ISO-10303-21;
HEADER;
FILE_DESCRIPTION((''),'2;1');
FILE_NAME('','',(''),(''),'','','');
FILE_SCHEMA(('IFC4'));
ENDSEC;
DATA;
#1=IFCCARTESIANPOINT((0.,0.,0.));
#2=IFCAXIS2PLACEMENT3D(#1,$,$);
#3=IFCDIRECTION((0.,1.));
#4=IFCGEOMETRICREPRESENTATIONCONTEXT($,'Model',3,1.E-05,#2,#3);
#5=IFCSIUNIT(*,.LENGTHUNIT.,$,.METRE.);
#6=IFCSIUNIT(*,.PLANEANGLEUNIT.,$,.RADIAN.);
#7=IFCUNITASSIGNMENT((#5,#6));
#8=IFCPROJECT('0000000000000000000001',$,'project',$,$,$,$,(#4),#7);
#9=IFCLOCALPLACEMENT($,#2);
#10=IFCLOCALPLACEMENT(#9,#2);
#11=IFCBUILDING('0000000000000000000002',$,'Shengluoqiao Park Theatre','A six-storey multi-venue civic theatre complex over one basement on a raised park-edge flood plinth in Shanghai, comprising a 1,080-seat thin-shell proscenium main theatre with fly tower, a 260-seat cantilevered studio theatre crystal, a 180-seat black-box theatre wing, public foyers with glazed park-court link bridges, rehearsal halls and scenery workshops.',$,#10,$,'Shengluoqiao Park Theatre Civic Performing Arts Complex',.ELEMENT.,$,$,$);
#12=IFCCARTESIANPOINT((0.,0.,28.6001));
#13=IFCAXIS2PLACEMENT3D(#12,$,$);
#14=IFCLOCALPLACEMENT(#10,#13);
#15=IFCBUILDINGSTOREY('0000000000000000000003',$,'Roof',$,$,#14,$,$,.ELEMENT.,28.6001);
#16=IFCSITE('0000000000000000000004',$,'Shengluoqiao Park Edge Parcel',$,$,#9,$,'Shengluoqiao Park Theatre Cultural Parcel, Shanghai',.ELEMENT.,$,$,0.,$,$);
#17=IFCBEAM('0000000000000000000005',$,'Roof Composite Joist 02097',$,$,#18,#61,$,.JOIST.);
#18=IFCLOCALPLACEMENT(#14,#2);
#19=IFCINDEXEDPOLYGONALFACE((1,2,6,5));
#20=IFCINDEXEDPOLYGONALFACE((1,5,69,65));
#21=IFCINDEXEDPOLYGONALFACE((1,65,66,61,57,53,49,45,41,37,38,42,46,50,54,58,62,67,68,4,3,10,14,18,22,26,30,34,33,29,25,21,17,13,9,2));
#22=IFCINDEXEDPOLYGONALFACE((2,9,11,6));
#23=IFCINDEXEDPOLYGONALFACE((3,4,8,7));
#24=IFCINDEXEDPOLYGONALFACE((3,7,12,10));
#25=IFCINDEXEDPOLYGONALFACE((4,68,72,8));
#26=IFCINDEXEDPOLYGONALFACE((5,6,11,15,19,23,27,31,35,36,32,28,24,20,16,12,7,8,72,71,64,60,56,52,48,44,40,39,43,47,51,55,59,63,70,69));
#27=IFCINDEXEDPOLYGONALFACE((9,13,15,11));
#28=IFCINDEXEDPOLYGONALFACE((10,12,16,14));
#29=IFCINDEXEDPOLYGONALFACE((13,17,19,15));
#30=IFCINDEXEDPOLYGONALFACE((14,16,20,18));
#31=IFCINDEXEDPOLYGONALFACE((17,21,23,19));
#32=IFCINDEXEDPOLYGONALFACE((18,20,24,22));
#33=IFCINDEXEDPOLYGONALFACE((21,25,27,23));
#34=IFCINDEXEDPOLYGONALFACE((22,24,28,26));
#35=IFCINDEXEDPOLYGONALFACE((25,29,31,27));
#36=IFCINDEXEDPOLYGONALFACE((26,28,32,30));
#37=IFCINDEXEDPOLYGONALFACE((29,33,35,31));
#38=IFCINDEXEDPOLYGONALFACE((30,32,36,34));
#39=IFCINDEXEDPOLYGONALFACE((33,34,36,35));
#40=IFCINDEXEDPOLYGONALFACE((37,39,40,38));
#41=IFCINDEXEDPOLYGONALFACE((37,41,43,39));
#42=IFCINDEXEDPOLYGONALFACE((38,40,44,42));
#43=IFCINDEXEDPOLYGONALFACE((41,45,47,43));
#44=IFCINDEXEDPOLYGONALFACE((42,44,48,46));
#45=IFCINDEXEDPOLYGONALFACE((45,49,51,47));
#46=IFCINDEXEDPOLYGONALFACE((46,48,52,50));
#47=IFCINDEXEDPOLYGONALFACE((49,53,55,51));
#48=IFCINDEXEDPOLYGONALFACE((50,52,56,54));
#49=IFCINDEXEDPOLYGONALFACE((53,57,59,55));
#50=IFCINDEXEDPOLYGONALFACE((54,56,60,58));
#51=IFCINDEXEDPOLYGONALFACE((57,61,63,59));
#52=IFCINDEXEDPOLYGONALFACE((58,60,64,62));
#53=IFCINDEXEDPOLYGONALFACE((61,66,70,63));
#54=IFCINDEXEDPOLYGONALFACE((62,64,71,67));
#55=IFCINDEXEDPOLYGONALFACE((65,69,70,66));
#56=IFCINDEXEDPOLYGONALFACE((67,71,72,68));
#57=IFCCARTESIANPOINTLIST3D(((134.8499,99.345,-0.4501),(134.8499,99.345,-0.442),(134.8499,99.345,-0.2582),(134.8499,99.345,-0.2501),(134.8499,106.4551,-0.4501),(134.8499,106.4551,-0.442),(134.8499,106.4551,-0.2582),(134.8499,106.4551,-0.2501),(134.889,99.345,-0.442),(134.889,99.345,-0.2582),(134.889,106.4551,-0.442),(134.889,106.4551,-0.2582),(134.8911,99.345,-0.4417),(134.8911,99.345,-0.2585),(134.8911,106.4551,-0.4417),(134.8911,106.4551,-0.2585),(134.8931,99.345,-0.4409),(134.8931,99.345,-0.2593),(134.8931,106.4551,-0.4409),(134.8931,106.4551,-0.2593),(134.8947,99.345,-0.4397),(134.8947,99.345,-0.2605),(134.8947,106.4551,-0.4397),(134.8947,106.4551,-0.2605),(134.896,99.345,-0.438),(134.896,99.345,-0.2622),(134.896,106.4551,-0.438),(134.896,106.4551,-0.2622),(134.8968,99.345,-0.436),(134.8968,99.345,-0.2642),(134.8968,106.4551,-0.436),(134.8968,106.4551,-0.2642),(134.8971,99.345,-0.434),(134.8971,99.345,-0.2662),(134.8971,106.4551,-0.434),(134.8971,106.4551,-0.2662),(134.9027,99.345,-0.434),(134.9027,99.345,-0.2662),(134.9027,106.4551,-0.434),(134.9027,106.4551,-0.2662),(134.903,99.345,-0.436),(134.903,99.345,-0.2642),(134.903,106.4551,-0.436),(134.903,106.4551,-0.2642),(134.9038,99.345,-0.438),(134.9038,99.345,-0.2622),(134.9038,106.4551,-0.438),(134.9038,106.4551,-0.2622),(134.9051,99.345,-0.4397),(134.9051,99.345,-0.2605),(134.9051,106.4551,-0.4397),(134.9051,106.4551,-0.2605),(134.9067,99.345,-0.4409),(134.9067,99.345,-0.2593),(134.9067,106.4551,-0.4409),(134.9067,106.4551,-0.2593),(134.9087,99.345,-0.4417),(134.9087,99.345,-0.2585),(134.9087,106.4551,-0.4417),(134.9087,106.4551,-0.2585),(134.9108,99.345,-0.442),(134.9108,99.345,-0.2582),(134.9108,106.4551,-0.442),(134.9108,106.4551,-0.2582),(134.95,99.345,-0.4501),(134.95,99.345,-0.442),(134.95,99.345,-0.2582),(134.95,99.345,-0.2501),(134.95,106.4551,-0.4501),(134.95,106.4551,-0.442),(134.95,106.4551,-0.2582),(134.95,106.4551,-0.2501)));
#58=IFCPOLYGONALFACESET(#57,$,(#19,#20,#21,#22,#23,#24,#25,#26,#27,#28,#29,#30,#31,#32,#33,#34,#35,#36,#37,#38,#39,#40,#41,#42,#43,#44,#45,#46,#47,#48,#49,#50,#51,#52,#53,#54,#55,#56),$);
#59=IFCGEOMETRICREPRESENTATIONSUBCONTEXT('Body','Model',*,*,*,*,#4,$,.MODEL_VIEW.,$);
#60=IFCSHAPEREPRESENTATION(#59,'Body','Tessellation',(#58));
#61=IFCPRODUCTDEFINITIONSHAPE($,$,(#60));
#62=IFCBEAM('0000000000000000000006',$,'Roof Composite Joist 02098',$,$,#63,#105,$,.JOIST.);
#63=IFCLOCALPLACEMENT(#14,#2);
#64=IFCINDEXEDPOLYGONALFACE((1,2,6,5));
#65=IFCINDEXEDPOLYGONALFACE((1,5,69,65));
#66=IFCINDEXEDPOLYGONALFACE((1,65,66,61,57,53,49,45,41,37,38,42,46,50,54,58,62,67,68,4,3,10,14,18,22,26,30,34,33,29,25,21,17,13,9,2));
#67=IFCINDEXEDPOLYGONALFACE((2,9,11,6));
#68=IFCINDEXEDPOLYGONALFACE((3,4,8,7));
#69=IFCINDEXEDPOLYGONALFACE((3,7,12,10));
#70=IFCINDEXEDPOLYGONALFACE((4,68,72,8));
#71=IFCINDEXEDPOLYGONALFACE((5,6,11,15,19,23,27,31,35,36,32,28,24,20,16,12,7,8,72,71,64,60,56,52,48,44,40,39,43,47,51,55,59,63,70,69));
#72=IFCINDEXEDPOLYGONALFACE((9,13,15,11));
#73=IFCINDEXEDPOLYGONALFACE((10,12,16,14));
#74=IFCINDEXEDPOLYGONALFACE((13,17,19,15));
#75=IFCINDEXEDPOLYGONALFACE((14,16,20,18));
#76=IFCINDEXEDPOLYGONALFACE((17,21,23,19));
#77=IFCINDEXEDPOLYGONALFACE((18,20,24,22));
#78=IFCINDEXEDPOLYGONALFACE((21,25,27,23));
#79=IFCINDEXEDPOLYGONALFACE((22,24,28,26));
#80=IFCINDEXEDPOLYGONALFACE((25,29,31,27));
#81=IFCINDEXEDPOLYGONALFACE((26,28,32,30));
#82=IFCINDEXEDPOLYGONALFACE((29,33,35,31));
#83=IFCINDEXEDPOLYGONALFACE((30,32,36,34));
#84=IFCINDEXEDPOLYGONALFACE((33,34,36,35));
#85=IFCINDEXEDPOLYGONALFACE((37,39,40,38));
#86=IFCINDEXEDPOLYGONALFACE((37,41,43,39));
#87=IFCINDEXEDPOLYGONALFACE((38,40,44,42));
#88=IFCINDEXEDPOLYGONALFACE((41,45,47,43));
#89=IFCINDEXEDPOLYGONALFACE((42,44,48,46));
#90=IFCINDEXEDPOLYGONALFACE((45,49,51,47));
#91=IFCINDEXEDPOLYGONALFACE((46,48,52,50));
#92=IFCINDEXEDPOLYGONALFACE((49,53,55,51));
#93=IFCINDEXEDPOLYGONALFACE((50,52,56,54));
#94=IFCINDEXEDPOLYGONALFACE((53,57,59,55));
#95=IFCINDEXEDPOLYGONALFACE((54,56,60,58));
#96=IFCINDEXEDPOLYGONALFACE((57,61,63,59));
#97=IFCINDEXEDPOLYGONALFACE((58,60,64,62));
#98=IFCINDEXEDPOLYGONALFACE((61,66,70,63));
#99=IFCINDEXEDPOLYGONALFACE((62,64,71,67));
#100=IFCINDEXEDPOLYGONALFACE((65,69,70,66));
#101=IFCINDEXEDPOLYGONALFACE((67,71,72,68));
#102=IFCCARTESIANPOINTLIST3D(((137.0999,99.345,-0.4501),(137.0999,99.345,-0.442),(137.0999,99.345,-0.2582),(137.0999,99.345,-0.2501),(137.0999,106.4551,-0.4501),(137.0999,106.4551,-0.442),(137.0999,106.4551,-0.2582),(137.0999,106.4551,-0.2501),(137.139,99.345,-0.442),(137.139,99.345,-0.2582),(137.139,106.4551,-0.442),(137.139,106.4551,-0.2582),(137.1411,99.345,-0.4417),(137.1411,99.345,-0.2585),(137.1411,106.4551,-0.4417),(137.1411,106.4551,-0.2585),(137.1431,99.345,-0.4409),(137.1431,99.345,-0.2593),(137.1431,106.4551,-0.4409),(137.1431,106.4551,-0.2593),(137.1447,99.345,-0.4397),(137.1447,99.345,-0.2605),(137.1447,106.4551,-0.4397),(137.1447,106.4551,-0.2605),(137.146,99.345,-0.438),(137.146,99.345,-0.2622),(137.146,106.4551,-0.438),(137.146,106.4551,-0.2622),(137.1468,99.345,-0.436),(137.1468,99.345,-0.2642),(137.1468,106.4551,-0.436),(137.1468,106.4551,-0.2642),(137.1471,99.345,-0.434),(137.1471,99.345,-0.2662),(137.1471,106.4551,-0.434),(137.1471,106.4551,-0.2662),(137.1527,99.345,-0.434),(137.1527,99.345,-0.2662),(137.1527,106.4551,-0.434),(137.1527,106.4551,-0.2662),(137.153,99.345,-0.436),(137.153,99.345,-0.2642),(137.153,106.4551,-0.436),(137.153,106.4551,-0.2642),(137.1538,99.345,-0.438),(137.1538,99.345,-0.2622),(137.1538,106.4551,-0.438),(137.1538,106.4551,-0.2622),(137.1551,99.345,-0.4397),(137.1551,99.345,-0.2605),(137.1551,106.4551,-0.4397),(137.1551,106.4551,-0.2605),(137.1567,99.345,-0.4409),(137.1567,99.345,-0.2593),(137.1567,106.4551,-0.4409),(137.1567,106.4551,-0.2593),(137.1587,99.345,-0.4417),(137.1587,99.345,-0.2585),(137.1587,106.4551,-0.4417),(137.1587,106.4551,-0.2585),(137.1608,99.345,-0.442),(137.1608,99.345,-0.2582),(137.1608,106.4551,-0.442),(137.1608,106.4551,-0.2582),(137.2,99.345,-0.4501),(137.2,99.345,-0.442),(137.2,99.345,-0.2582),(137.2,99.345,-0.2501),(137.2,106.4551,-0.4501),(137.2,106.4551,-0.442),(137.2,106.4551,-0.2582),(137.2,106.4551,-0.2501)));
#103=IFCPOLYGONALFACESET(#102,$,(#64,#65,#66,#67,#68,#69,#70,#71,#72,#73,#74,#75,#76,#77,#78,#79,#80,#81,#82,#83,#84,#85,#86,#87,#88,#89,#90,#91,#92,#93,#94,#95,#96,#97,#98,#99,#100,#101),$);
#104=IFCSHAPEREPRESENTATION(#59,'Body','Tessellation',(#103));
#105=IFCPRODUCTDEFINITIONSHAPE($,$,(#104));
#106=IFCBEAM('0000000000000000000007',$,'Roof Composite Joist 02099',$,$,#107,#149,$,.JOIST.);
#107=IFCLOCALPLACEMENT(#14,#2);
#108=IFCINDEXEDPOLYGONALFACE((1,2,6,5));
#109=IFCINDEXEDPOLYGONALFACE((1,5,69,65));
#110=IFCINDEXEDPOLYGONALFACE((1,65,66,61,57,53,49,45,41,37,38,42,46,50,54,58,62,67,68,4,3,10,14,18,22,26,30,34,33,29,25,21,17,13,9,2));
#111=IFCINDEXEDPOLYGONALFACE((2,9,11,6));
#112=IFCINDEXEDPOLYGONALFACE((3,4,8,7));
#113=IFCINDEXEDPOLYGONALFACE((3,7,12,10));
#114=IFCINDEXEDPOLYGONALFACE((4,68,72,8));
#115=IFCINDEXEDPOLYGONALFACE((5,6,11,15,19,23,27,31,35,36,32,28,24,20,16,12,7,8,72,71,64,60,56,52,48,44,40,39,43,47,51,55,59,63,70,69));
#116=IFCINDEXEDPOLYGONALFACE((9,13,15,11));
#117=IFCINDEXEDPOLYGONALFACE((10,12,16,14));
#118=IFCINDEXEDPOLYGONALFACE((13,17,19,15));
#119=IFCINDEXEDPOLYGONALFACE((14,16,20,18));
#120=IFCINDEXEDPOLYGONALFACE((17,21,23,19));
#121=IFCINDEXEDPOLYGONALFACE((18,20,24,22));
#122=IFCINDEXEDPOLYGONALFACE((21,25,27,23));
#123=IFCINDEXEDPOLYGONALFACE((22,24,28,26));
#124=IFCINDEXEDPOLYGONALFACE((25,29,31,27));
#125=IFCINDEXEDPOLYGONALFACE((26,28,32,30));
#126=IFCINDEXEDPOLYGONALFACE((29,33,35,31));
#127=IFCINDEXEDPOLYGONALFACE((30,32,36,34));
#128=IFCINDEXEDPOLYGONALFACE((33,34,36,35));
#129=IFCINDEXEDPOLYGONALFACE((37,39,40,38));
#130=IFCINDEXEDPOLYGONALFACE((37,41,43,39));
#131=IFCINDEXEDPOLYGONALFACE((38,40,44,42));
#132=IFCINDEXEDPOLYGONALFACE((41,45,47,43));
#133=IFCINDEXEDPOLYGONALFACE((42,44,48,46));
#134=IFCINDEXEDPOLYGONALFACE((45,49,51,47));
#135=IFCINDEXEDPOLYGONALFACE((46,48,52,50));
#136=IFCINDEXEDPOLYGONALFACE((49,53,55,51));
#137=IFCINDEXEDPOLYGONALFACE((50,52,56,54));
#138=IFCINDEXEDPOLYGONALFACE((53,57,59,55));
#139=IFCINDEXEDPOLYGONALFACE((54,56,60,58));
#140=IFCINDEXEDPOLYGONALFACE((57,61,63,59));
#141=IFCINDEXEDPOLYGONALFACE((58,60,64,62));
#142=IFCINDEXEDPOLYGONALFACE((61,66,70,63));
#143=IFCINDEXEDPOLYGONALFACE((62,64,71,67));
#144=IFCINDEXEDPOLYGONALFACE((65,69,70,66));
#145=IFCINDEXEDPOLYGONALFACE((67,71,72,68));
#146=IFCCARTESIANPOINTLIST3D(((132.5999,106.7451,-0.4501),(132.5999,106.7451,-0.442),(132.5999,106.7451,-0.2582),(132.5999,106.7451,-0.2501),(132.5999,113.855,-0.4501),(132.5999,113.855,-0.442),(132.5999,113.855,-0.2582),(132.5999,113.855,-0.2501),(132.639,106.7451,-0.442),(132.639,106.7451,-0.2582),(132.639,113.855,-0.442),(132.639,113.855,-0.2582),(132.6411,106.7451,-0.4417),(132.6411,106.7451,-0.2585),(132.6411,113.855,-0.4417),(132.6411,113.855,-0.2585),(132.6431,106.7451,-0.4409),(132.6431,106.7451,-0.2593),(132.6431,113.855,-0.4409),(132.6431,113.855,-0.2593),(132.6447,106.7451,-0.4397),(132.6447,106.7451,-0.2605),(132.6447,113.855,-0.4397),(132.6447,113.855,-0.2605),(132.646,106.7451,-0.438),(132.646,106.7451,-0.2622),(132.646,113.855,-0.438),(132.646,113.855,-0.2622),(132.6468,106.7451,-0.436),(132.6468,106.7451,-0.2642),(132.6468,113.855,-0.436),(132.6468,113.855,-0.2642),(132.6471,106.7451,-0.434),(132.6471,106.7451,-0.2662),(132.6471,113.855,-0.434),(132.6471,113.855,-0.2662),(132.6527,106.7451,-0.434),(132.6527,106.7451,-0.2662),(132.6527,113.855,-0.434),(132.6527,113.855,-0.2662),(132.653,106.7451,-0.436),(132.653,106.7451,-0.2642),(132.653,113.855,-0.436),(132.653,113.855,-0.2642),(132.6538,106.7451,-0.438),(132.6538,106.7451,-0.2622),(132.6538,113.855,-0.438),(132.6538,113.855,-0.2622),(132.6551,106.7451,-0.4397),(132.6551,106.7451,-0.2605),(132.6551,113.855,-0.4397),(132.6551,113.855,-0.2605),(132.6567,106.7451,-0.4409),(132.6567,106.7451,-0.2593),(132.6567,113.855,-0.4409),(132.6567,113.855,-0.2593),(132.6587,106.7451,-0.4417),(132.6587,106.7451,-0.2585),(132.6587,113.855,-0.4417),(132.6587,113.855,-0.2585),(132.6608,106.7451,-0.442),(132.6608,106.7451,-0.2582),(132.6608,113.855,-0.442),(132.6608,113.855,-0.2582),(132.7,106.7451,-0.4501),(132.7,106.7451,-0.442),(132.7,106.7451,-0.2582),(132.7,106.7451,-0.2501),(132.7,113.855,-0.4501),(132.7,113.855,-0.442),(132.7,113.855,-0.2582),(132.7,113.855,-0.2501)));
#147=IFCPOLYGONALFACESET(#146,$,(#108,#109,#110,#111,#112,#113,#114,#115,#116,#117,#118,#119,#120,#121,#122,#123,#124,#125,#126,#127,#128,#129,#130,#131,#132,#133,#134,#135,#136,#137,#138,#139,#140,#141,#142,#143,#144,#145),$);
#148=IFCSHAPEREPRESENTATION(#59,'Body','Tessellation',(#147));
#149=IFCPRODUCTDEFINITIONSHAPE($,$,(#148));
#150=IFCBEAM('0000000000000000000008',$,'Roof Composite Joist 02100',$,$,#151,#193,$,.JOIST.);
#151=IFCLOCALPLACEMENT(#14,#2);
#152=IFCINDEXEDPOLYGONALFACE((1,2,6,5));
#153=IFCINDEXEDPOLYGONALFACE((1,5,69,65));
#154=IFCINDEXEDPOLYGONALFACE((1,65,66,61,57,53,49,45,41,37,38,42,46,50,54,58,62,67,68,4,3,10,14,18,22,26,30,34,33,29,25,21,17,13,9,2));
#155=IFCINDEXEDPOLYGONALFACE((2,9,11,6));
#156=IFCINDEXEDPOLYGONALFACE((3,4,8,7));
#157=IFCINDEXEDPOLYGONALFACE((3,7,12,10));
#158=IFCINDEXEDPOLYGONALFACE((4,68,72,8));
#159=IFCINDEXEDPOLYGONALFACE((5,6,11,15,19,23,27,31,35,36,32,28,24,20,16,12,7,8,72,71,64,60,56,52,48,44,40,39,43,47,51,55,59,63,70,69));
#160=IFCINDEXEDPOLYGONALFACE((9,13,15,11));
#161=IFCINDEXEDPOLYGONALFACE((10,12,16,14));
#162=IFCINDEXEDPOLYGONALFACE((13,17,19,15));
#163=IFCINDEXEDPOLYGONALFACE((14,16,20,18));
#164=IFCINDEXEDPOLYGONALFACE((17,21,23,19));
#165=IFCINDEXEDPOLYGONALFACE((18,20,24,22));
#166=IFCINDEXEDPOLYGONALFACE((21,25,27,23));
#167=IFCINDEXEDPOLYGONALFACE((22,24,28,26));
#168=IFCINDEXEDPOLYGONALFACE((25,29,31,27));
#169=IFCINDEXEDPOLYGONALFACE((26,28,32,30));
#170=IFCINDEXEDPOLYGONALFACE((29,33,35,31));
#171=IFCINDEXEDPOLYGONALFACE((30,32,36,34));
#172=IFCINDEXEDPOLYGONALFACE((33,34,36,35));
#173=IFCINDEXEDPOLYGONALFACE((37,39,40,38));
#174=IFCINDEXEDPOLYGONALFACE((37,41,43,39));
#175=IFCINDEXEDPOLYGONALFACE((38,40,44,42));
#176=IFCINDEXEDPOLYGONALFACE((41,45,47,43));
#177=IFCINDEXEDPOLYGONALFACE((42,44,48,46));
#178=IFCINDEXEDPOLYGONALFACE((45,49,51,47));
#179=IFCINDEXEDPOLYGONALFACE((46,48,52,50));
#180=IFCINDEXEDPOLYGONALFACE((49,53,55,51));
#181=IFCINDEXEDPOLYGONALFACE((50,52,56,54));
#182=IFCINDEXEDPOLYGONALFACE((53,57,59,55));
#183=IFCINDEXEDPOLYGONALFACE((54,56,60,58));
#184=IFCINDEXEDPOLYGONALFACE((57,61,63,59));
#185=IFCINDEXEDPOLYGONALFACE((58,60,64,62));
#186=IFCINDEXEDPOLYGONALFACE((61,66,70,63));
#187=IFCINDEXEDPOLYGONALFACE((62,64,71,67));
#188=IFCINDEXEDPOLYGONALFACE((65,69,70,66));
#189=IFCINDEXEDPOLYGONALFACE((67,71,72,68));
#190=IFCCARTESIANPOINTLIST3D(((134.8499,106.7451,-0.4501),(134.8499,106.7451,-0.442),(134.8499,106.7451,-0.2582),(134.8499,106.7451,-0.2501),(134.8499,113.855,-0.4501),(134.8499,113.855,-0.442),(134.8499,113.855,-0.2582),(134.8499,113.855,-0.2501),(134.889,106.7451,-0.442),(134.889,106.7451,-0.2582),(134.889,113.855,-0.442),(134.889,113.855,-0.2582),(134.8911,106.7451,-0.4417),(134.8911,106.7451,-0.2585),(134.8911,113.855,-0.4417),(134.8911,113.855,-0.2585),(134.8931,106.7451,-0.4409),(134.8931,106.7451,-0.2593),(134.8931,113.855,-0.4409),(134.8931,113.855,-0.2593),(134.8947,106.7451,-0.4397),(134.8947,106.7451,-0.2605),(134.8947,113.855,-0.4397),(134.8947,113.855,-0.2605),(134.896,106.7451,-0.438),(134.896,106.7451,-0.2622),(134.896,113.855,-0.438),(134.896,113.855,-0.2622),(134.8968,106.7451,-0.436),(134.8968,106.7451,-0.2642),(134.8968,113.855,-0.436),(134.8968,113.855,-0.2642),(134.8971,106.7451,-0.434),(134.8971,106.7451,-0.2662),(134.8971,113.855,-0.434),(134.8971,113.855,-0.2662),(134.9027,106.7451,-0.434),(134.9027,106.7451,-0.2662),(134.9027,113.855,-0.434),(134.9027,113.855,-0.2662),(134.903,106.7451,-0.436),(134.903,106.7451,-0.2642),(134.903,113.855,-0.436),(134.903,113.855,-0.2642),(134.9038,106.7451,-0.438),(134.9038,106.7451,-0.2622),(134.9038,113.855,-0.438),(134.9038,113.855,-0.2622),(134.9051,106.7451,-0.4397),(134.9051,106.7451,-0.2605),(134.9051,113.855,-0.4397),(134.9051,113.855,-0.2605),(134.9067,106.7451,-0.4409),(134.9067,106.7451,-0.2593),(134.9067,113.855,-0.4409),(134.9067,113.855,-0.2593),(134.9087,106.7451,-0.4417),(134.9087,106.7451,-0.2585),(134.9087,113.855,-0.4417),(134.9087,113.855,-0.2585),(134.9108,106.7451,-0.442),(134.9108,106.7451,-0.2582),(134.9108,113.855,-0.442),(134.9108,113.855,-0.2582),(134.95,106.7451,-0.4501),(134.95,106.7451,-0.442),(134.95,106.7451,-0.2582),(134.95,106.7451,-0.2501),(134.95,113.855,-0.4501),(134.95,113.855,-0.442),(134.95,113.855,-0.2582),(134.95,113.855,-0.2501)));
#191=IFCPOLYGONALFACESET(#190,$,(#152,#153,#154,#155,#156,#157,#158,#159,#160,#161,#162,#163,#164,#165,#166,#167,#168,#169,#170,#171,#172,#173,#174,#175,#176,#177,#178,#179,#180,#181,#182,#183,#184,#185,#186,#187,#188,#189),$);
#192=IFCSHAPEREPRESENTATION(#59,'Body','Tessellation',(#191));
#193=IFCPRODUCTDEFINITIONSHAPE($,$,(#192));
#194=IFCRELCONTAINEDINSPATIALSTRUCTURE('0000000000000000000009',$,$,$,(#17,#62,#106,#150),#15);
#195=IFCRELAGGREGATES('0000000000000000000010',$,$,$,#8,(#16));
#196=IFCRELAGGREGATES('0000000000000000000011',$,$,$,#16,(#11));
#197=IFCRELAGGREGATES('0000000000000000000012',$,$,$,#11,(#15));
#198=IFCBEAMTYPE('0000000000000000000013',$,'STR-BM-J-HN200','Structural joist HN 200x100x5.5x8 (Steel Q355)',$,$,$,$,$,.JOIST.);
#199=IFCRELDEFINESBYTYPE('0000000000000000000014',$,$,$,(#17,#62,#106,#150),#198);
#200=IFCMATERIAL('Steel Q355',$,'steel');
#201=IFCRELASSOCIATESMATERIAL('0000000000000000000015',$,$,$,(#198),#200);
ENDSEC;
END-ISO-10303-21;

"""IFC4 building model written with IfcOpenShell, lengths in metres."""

from ifc_helpers import new_model, si_unit, direction, frame, origin, origin_2d, place, context, subcontext, project, spatial, i_section, extrude, material, material_profile, profile_set, type_object, element, save


model = new_model("IFC4")

# Units and contexts
model_context = context("Model", 3, precision=1e-05, world=origin(), true_north=direction((0.0, 1.0)))
body_context = subcontext(model_context, "Body", "Model", "MODEL_VIEW")
ifc_project = project(units=[si_unit("LENGTHUNIT", "METRE"), si_unit("PLANEANGLEUNIT", "RADIAN")], contexts=[model_context])

# Site, building, storey
site_placement = place(None, origin())
site = spatial("IfcSite", under=ifc_project, at=site_placement, Name="Shengluoqiao Park Edge Parcel", LongName="Shengluoqiao Park Theatre Cultural Parcel, Shanghai", CompositionType="ELEMENT", RefElevation=0.0)
building_placement = place(site_placement, origin())
building = spatial("IfcBuilding", under=site, at=building_placement, Name="Shengluoqiao Park Theatre", Description="A six-storey multi-venue civic theatre complex over one basement on a raised park-edge flood plinth in Shanghai, comprising a 1,080-seat thin-shell proscenium main theatre with fly tower, a 260-seat cantilevered studio theatre crystal, a 180-seat black-box theatre wing, public foyers with glazed park-court link bridges, rehearsal halls and scenery workshops.", LongName="Shengluoqiao Park Theatre Civic Performing Arts Complex", CompositionType="ELEMENT")
storey_placement = place(building_placement, frame((0.0, 0.0, 28.6001)))
storey = spatial("IfcBuildingStorey", under=building, at=storey_placement, Name="Roof", CompositionType="ELEMENT", Elevation=28.6001)

# Beams
ifc_material_1 = material(Name="Steel Q355", Category="steel")
ifc_material_profile_1 = material_profile(ifc_material_1, i_section(OverallWidth=0.1001, OverallDepth=0.2, WebThickness=0.0056, FlangeThickness=0.0081, FilletRadius=0.0081, at=origin_2d()), Name="HN 200x100x5.5x8")
ifc_profile_set_1 = profile_set([ifc_material_profile_1], Name="Steel Q355")
beam_type_1 = type_object("IfcBeamType", Name="STR-BM-J-HN200", Description="Structural joist HN 200x100x5.5x8 (Steel Q355)", PredefinedType="JOIST", material=ifc_profile_set_1)
for number, where, z_axis, x_axis, name in (
    (1, (134.8999, 99.345, -0.3501), (0.0, 1.0, 0.0), (-1.0, 0.0, 0.0), "Roof Composite Joist 02097"),
    (2, (137.1499, 99.345, -0.3501), (0.0, 1.0, 0.0), (-1.0, 0.0, 0.0), "Roof Composite Joist 02098"),
):
    element("IfcBeam", number, at=place(storey_placement, frame(where, z_axis=z_axis, x_axis=x_axis)), inside=storey, type_object=beam_type_1, Name=name, PredefinedType="JOIST", context=body_context, shape_type="SweptSolid", body=[
        extrude(i_section(OverallWidth=0.1001, OverallDepth=0.2, WebThickness=0.0056, FlangeThickness=0.0081, FilletRadius=0.0081, at=origin_2d()), origin(), (0.0, 0.0, 1.0), 7.1101),
    ])
for number, where, z_axis, x_axis, name in (
    (3, (132.6499, 106.7451, -0.3501), (0.0, 1.0, 0.0), (-1.0, 0.0, 0.0), "Roof Composite Joist 02099"),
    (4, (134.8999, 106.7451, -0.3501), (0.0, 1.0, 0.0), (-1.0, 0.0, 0.0), "Roof Composite Joist 02100"),
):
    element("IfcBeam", number, at=place(storey_placement, frame(where, z_axis=z_axis, x_axis=x_axis)), inside=storey, type_object=beam_type_1, Name=name, PredefinedType="JOIST", context=body_context, shape_type="SweptSolid", body=[
        extrude(i_section(OverallWidth=0.1001, OverallDepth=0.2, WebThickness=0.0056, FlangeThickness=0.0081, FilletRadius=0.0081, at=origin_2d()), origin(), (0.0, 0.0, 1.0), 7.1099),
    ])

save(model, "model.ifc")
